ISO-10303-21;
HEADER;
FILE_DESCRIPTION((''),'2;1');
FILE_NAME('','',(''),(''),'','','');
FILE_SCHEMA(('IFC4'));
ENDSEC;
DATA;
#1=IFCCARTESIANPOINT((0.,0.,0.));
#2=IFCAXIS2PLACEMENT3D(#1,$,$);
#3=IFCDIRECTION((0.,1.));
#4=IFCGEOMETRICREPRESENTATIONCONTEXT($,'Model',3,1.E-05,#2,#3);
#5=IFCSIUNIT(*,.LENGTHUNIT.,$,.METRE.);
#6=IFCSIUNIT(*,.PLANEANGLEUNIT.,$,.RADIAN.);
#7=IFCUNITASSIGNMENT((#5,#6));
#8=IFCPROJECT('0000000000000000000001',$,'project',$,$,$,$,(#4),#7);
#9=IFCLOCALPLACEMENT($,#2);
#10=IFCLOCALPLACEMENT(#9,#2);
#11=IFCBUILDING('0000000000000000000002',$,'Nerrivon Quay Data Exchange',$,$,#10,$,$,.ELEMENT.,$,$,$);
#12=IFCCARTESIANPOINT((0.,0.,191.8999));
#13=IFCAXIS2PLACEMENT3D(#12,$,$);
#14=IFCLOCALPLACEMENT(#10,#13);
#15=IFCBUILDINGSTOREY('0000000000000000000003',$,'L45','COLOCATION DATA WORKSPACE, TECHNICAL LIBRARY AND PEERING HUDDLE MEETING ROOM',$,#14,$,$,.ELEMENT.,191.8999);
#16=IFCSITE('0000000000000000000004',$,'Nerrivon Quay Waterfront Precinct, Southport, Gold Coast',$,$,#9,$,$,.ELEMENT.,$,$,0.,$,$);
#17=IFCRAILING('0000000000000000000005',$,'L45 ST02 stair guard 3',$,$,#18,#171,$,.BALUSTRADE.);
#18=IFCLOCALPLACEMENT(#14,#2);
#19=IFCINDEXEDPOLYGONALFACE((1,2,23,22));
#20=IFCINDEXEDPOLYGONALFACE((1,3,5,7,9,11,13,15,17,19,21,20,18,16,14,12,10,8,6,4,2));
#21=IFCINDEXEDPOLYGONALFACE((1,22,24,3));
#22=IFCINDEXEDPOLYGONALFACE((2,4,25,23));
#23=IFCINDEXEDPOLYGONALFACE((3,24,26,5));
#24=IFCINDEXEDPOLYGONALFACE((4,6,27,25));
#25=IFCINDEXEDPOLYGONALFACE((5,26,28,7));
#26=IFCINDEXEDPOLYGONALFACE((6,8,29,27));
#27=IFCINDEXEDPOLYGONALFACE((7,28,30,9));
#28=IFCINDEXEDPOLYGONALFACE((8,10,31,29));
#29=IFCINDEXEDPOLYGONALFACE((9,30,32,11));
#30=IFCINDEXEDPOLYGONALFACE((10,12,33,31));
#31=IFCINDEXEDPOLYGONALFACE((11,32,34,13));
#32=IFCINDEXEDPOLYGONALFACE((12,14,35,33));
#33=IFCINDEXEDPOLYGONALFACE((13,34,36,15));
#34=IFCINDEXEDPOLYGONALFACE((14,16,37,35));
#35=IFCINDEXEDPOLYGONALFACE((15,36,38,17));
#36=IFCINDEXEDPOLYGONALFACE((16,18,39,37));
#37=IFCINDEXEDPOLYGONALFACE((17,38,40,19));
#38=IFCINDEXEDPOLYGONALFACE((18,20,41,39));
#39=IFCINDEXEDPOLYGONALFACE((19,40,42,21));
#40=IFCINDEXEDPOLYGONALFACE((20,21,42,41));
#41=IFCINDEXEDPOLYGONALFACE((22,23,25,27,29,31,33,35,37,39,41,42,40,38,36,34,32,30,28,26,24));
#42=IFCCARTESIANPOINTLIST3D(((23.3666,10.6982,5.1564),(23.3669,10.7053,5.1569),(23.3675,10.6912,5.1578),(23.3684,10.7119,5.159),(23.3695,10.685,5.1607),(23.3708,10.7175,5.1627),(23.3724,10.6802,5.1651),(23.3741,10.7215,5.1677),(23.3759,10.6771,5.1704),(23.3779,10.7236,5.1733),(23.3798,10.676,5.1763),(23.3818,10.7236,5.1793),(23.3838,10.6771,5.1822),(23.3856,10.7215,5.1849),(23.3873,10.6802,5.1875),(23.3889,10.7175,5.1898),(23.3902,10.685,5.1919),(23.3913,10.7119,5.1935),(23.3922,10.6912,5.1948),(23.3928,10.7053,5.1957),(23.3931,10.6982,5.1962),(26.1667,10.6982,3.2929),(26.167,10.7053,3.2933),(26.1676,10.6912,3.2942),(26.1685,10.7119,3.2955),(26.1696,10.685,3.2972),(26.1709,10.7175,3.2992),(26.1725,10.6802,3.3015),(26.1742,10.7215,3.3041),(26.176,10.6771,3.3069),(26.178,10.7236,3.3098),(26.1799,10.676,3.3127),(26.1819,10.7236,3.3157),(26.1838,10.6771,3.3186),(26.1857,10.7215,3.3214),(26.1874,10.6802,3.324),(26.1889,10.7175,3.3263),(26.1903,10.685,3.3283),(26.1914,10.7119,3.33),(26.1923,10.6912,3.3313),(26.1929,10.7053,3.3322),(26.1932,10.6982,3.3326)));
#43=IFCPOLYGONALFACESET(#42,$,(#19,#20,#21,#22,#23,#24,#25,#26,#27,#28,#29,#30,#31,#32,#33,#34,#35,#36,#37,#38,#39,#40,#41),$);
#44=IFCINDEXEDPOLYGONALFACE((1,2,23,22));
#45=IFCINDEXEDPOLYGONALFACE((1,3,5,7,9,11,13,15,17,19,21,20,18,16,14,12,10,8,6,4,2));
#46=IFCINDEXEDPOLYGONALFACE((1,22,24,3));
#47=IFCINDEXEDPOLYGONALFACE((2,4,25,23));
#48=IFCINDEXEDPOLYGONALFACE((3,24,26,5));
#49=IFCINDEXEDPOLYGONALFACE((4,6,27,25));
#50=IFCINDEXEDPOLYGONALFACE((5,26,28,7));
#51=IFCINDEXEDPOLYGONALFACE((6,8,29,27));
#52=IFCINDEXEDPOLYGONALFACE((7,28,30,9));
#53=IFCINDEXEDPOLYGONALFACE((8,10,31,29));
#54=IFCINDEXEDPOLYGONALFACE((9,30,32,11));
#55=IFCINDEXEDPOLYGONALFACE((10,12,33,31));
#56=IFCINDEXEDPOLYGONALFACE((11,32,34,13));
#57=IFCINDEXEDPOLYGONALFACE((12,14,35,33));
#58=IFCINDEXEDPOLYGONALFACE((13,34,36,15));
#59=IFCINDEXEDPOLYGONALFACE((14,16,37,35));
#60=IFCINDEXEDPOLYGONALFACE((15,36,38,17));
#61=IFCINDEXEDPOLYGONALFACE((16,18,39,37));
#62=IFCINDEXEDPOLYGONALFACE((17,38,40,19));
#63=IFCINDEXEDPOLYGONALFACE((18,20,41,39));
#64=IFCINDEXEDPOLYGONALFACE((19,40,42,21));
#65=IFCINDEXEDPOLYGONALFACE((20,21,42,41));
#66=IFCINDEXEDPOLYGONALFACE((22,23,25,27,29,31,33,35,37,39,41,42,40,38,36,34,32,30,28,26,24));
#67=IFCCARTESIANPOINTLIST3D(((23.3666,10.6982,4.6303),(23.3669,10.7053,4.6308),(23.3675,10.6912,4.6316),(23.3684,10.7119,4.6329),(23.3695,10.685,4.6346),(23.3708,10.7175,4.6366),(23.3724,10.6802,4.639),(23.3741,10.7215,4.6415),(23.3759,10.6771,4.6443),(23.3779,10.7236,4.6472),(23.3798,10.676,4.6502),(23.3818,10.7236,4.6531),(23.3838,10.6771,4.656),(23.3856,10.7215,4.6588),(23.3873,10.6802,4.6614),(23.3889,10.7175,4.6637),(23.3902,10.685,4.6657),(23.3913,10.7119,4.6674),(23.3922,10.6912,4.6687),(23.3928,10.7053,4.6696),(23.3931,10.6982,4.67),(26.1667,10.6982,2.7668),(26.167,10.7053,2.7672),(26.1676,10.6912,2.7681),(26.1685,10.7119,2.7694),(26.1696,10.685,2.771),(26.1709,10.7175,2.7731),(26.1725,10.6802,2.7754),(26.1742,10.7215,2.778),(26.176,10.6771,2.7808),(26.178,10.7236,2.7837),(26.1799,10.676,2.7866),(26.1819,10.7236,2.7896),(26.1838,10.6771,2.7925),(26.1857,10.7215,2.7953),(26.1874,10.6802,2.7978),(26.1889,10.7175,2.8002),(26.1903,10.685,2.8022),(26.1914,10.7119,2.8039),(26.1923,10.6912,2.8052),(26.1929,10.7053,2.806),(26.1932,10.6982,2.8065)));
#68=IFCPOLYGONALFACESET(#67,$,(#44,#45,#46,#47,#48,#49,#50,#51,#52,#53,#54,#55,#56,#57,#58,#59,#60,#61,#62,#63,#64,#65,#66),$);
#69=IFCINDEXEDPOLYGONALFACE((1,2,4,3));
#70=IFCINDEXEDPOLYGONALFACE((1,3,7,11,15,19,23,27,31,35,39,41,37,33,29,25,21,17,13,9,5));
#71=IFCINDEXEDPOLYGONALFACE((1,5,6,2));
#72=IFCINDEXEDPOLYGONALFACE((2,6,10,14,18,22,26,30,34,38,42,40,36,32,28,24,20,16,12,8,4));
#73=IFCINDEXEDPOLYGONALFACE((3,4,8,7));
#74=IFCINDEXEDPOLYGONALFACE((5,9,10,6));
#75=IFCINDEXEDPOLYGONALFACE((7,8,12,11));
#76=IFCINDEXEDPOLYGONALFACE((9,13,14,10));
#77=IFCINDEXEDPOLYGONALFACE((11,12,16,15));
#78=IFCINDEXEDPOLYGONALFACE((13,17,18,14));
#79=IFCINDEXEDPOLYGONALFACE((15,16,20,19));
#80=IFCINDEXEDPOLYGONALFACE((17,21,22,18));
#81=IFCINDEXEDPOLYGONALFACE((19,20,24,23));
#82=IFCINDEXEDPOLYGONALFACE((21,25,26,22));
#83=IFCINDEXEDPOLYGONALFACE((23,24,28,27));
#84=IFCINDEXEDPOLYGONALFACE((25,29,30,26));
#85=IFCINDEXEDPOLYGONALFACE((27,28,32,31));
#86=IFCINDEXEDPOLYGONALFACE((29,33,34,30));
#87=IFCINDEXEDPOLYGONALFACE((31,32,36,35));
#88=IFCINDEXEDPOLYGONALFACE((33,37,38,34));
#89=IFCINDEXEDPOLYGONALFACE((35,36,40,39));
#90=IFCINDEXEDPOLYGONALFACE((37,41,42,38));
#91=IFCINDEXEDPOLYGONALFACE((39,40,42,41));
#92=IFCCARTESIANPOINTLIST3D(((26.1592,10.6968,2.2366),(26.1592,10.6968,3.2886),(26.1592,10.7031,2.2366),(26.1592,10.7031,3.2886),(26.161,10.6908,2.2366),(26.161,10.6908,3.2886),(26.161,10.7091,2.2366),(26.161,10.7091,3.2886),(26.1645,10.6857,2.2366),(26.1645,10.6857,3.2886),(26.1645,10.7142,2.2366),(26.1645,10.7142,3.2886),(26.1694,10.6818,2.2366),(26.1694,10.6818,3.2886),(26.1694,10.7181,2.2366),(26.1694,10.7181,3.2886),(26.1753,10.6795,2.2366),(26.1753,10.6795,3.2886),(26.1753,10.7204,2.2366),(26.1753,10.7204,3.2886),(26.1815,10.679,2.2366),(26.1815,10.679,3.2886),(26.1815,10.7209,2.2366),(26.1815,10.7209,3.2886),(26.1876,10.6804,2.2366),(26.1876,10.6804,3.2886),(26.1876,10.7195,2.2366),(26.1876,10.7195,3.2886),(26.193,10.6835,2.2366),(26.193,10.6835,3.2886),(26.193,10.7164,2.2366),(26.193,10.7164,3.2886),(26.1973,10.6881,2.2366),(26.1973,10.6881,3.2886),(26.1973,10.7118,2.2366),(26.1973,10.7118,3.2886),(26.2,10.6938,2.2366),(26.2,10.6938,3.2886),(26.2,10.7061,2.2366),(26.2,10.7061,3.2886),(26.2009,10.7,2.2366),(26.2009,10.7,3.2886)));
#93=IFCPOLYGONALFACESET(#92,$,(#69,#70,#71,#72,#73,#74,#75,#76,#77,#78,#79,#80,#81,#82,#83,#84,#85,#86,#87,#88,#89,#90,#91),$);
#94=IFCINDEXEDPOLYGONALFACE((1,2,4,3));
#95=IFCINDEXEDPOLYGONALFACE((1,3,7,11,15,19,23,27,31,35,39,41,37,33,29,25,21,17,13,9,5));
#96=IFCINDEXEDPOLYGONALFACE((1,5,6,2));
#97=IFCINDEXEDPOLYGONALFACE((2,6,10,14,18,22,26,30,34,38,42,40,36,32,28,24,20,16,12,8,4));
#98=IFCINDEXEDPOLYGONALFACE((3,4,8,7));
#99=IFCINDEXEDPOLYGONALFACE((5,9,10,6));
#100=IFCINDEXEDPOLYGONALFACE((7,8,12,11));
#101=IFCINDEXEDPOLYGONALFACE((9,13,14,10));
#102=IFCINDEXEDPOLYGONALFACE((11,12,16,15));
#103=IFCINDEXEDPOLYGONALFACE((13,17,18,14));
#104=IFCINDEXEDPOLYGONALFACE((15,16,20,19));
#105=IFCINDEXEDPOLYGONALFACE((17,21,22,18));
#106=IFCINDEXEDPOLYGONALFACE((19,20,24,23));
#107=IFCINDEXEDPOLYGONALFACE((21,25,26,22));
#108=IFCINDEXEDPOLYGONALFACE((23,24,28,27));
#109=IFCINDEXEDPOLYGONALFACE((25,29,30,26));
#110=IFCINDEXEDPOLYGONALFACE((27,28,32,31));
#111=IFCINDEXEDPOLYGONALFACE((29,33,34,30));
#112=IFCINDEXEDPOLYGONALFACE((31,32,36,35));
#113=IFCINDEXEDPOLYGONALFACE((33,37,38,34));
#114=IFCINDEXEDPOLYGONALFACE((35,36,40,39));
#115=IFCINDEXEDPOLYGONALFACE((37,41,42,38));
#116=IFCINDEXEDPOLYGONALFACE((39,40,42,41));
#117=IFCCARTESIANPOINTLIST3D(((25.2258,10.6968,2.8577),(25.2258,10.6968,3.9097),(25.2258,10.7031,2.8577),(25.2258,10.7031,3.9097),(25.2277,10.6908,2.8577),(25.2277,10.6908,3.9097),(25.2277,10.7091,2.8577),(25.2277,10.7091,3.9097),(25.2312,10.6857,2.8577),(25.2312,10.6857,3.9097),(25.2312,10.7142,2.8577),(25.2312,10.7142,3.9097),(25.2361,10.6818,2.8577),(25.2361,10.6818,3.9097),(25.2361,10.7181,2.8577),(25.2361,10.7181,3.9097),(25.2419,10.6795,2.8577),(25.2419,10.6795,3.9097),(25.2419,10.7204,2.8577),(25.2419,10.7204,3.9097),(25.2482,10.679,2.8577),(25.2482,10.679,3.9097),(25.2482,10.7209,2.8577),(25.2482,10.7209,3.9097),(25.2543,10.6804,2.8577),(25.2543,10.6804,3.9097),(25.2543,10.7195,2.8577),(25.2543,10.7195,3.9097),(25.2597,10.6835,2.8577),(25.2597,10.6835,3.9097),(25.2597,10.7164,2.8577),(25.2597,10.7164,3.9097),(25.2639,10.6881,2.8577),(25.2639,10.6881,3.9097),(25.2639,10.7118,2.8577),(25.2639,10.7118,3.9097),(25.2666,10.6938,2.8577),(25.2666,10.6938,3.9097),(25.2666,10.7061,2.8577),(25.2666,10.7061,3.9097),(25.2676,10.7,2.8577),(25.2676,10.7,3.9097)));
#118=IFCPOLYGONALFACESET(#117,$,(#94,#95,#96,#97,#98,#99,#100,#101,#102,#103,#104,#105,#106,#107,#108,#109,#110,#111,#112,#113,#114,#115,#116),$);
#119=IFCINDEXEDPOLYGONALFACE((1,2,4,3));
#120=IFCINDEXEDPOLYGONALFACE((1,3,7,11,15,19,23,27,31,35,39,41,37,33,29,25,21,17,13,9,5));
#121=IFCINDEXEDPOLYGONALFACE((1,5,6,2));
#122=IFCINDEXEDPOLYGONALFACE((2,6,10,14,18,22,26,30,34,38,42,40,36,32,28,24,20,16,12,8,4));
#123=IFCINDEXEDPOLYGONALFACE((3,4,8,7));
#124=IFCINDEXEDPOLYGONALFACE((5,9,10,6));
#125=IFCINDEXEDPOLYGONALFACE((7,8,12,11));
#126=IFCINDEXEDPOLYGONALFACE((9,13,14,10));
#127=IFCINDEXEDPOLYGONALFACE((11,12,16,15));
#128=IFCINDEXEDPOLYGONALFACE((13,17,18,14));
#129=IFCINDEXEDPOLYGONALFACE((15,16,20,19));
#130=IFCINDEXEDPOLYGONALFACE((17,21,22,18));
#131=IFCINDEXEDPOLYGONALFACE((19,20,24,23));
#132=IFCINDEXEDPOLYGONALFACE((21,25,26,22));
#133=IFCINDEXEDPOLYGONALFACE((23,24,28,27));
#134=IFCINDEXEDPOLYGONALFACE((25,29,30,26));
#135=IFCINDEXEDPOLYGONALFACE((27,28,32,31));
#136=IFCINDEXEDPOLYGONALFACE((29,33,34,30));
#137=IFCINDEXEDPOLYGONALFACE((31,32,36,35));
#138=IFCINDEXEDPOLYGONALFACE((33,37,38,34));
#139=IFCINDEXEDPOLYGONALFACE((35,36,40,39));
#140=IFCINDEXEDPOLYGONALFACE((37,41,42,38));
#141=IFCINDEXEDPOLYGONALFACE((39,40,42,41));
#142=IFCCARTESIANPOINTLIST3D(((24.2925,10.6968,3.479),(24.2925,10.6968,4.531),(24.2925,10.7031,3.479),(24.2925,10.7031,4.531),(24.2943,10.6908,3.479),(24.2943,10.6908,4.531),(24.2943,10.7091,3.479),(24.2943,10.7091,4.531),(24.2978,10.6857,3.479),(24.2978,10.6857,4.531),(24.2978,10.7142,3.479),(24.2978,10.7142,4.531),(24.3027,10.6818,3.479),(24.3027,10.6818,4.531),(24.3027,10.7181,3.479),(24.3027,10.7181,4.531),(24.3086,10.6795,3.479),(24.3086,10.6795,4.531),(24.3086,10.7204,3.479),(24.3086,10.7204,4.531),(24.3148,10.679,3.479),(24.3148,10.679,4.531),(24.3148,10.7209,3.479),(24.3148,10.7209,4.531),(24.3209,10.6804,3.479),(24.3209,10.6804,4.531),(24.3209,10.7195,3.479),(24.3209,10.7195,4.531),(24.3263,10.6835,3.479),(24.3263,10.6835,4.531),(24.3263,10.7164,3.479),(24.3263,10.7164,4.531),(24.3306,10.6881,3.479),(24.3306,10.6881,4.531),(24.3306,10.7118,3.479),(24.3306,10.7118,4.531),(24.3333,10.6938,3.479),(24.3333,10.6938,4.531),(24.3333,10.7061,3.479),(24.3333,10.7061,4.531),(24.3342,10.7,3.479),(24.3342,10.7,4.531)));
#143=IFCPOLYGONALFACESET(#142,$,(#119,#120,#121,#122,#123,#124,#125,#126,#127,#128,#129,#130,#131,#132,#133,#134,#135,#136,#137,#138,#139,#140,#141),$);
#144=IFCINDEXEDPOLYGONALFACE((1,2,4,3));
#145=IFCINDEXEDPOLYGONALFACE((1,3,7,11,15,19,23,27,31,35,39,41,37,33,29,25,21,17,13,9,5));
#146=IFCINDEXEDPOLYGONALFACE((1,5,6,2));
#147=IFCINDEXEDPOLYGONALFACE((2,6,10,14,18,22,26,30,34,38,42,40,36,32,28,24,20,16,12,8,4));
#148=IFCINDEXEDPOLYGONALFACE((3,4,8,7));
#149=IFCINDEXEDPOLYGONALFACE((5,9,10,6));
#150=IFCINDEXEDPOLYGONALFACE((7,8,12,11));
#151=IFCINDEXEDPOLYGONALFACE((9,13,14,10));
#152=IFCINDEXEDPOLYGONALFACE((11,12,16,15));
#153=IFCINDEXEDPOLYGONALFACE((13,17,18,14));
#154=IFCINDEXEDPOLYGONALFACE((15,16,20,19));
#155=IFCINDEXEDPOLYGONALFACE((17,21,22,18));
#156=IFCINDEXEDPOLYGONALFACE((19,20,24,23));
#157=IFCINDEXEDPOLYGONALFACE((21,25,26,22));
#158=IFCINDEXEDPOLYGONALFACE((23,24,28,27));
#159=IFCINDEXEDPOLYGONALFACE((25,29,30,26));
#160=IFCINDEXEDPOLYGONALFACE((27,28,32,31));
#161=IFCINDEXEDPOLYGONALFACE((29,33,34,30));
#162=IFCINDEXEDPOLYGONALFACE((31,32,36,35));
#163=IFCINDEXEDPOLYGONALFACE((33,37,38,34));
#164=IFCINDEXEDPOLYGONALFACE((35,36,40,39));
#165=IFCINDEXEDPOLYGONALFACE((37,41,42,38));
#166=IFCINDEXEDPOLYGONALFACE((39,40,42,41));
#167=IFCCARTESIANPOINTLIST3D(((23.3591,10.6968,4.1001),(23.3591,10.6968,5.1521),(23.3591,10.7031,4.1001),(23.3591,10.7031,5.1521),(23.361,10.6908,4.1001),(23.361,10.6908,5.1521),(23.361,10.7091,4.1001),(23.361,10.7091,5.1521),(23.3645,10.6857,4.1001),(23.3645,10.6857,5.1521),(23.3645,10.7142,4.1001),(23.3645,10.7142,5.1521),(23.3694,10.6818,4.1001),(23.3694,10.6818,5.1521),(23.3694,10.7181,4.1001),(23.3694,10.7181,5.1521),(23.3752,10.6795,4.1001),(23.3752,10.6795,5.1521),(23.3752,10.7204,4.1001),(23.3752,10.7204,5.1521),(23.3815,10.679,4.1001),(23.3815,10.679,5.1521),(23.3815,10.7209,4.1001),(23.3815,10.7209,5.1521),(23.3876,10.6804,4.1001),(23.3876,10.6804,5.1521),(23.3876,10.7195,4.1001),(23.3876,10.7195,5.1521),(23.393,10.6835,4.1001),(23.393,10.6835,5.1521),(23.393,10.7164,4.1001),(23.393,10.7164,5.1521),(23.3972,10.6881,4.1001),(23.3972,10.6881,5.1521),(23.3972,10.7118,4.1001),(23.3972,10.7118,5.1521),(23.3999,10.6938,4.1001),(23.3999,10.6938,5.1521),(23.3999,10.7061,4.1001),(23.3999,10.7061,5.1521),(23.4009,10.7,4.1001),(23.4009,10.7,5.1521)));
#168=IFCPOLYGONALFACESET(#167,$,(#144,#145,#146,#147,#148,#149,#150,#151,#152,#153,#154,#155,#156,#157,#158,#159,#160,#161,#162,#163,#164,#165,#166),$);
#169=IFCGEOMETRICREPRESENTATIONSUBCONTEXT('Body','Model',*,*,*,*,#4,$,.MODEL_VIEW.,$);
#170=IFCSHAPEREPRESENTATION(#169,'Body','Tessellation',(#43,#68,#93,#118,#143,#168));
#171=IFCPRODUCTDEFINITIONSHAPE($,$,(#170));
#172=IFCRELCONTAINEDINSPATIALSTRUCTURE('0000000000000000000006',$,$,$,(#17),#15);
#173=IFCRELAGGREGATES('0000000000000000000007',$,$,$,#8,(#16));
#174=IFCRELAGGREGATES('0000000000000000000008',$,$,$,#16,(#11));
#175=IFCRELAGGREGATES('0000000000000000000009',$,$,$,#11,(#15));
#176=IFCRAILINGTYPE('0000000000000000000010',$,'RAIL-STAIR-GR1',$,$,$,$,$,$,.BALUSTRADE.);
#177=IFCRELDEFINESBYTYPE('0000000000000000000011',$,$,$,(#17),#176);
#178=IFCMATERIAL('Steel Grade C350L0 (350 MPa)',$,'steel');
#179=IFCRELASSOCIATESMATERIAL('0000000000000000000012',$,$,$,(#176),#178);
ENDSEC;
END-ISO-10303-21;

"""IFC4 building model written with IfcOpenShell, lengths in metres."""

from ifc_helpers import new_model, si_unit, direction, frame, origin, origin_2d, place, context, subcontext, project, spatial, circle, extrude, material, type_object, element, save


model = new_model("IFC4")

# Units and contexts
model_context = context("Model", 3, precision=1e-05, world=origin(), true_north=direction((0.0, 1.0)))
body_context = subcontext(model_context, "Body", "Model", "MODEL_VIEW")
ifc_project = project(units=[si_unit("LENGTHUNIT", "METRE"), si_unit("PLANEANGLEUNIT", "RADIAN")], contexts=[model_context])

# Site, building, storey
site_placement = place(None, origin())
site = spatial("IfcSite", under=ifc_project, at=site_placement, Name="Nerrivon Quay Waterfront Precinct, Southport, Gold Coast", CompositionType="ELEMENT", RefElevation=0.0)
building_placement = place(site_placement, origin())
building = spatial("IfcBuilding", under=site, at=building_placement, Name="Nerrivon Quay Data Exchange", CompositionType="ELEMENT")
storey_placement = place(building_placement, frame((0.0, 0.0, 191.8999)))
storey = spatial("IfcBuildingStorey", under=building, at=storey_placement, Name="L45", Description="COLOCATION DATA WORKSPACE, TECHNICAL LIBRARY AND PEERING HUDDLE MEETING ROOM", CompositionType="ELEMENT", Elevation=191.8999)

# Shared definitions
ifc_material_1 = material(Name="Steel Grade C350L0 (350 MPa)", Category="steel")

# Railing
railing_type_1 = type_object("IfcRailingType", Name="RAIL-STAIR-GR1", PredefinedType="BALUSTRADE", material=ifc_material_1)
railing_1_placement = place(storey_placement, frame((26.1799, 10.7, 2.2366)))
element("IfcRailing", 1, at=railing_1_placement, inside=storey, type_object=railing_type_1, Name="L45 ST02 stair guard 3", PredefinedType="BALUSTRADE", context=body_context, shape_type="SweptSolid", body=[
    extrude(circle(Radius=0.0239, at=origin_2d()), frame((0.0, 0.0, 1.0762), z_axis=(-0.832486, 0.0, 0.554047), x_axis=(0.0, -1.0, 0.0)), (0.0, 0.0, 1.0), 3.3635),
    extrude(circle(Radius=0.0239, at=origin_2d()), frame((0.0, 0.0, 0.55), z_axis=(-0.832486, 0.0, 0.554047), x_axis=(0.0, -1.0, 0.0)), (0.0, 0.0, 1.0), 3.3635),
    extrude(circle(Radius=0.021, at=origin_2d()), origin(), (0.0, 0.0, 1.0), 1.052),
    extrude(circle(Radius=0.021, at=origin_2d()), frame((-0.9333, 0.0, 0.6211)), (0.0, 0.0, 1.0), 1.052),
    extrude(circle(Radius=0.021, at=origin_2d()), frame((-1.8667, 0.0, 1.2424)), (0.0, 0.0, 1.0), 1.052),
    extrude(circle(Radius=0.021, at=origin_2d()), frame((-2.8, 0.0, 1.8635)), (0.0, 0.0, 1.0), 1.052),
])

save(model, "model.ifc")
